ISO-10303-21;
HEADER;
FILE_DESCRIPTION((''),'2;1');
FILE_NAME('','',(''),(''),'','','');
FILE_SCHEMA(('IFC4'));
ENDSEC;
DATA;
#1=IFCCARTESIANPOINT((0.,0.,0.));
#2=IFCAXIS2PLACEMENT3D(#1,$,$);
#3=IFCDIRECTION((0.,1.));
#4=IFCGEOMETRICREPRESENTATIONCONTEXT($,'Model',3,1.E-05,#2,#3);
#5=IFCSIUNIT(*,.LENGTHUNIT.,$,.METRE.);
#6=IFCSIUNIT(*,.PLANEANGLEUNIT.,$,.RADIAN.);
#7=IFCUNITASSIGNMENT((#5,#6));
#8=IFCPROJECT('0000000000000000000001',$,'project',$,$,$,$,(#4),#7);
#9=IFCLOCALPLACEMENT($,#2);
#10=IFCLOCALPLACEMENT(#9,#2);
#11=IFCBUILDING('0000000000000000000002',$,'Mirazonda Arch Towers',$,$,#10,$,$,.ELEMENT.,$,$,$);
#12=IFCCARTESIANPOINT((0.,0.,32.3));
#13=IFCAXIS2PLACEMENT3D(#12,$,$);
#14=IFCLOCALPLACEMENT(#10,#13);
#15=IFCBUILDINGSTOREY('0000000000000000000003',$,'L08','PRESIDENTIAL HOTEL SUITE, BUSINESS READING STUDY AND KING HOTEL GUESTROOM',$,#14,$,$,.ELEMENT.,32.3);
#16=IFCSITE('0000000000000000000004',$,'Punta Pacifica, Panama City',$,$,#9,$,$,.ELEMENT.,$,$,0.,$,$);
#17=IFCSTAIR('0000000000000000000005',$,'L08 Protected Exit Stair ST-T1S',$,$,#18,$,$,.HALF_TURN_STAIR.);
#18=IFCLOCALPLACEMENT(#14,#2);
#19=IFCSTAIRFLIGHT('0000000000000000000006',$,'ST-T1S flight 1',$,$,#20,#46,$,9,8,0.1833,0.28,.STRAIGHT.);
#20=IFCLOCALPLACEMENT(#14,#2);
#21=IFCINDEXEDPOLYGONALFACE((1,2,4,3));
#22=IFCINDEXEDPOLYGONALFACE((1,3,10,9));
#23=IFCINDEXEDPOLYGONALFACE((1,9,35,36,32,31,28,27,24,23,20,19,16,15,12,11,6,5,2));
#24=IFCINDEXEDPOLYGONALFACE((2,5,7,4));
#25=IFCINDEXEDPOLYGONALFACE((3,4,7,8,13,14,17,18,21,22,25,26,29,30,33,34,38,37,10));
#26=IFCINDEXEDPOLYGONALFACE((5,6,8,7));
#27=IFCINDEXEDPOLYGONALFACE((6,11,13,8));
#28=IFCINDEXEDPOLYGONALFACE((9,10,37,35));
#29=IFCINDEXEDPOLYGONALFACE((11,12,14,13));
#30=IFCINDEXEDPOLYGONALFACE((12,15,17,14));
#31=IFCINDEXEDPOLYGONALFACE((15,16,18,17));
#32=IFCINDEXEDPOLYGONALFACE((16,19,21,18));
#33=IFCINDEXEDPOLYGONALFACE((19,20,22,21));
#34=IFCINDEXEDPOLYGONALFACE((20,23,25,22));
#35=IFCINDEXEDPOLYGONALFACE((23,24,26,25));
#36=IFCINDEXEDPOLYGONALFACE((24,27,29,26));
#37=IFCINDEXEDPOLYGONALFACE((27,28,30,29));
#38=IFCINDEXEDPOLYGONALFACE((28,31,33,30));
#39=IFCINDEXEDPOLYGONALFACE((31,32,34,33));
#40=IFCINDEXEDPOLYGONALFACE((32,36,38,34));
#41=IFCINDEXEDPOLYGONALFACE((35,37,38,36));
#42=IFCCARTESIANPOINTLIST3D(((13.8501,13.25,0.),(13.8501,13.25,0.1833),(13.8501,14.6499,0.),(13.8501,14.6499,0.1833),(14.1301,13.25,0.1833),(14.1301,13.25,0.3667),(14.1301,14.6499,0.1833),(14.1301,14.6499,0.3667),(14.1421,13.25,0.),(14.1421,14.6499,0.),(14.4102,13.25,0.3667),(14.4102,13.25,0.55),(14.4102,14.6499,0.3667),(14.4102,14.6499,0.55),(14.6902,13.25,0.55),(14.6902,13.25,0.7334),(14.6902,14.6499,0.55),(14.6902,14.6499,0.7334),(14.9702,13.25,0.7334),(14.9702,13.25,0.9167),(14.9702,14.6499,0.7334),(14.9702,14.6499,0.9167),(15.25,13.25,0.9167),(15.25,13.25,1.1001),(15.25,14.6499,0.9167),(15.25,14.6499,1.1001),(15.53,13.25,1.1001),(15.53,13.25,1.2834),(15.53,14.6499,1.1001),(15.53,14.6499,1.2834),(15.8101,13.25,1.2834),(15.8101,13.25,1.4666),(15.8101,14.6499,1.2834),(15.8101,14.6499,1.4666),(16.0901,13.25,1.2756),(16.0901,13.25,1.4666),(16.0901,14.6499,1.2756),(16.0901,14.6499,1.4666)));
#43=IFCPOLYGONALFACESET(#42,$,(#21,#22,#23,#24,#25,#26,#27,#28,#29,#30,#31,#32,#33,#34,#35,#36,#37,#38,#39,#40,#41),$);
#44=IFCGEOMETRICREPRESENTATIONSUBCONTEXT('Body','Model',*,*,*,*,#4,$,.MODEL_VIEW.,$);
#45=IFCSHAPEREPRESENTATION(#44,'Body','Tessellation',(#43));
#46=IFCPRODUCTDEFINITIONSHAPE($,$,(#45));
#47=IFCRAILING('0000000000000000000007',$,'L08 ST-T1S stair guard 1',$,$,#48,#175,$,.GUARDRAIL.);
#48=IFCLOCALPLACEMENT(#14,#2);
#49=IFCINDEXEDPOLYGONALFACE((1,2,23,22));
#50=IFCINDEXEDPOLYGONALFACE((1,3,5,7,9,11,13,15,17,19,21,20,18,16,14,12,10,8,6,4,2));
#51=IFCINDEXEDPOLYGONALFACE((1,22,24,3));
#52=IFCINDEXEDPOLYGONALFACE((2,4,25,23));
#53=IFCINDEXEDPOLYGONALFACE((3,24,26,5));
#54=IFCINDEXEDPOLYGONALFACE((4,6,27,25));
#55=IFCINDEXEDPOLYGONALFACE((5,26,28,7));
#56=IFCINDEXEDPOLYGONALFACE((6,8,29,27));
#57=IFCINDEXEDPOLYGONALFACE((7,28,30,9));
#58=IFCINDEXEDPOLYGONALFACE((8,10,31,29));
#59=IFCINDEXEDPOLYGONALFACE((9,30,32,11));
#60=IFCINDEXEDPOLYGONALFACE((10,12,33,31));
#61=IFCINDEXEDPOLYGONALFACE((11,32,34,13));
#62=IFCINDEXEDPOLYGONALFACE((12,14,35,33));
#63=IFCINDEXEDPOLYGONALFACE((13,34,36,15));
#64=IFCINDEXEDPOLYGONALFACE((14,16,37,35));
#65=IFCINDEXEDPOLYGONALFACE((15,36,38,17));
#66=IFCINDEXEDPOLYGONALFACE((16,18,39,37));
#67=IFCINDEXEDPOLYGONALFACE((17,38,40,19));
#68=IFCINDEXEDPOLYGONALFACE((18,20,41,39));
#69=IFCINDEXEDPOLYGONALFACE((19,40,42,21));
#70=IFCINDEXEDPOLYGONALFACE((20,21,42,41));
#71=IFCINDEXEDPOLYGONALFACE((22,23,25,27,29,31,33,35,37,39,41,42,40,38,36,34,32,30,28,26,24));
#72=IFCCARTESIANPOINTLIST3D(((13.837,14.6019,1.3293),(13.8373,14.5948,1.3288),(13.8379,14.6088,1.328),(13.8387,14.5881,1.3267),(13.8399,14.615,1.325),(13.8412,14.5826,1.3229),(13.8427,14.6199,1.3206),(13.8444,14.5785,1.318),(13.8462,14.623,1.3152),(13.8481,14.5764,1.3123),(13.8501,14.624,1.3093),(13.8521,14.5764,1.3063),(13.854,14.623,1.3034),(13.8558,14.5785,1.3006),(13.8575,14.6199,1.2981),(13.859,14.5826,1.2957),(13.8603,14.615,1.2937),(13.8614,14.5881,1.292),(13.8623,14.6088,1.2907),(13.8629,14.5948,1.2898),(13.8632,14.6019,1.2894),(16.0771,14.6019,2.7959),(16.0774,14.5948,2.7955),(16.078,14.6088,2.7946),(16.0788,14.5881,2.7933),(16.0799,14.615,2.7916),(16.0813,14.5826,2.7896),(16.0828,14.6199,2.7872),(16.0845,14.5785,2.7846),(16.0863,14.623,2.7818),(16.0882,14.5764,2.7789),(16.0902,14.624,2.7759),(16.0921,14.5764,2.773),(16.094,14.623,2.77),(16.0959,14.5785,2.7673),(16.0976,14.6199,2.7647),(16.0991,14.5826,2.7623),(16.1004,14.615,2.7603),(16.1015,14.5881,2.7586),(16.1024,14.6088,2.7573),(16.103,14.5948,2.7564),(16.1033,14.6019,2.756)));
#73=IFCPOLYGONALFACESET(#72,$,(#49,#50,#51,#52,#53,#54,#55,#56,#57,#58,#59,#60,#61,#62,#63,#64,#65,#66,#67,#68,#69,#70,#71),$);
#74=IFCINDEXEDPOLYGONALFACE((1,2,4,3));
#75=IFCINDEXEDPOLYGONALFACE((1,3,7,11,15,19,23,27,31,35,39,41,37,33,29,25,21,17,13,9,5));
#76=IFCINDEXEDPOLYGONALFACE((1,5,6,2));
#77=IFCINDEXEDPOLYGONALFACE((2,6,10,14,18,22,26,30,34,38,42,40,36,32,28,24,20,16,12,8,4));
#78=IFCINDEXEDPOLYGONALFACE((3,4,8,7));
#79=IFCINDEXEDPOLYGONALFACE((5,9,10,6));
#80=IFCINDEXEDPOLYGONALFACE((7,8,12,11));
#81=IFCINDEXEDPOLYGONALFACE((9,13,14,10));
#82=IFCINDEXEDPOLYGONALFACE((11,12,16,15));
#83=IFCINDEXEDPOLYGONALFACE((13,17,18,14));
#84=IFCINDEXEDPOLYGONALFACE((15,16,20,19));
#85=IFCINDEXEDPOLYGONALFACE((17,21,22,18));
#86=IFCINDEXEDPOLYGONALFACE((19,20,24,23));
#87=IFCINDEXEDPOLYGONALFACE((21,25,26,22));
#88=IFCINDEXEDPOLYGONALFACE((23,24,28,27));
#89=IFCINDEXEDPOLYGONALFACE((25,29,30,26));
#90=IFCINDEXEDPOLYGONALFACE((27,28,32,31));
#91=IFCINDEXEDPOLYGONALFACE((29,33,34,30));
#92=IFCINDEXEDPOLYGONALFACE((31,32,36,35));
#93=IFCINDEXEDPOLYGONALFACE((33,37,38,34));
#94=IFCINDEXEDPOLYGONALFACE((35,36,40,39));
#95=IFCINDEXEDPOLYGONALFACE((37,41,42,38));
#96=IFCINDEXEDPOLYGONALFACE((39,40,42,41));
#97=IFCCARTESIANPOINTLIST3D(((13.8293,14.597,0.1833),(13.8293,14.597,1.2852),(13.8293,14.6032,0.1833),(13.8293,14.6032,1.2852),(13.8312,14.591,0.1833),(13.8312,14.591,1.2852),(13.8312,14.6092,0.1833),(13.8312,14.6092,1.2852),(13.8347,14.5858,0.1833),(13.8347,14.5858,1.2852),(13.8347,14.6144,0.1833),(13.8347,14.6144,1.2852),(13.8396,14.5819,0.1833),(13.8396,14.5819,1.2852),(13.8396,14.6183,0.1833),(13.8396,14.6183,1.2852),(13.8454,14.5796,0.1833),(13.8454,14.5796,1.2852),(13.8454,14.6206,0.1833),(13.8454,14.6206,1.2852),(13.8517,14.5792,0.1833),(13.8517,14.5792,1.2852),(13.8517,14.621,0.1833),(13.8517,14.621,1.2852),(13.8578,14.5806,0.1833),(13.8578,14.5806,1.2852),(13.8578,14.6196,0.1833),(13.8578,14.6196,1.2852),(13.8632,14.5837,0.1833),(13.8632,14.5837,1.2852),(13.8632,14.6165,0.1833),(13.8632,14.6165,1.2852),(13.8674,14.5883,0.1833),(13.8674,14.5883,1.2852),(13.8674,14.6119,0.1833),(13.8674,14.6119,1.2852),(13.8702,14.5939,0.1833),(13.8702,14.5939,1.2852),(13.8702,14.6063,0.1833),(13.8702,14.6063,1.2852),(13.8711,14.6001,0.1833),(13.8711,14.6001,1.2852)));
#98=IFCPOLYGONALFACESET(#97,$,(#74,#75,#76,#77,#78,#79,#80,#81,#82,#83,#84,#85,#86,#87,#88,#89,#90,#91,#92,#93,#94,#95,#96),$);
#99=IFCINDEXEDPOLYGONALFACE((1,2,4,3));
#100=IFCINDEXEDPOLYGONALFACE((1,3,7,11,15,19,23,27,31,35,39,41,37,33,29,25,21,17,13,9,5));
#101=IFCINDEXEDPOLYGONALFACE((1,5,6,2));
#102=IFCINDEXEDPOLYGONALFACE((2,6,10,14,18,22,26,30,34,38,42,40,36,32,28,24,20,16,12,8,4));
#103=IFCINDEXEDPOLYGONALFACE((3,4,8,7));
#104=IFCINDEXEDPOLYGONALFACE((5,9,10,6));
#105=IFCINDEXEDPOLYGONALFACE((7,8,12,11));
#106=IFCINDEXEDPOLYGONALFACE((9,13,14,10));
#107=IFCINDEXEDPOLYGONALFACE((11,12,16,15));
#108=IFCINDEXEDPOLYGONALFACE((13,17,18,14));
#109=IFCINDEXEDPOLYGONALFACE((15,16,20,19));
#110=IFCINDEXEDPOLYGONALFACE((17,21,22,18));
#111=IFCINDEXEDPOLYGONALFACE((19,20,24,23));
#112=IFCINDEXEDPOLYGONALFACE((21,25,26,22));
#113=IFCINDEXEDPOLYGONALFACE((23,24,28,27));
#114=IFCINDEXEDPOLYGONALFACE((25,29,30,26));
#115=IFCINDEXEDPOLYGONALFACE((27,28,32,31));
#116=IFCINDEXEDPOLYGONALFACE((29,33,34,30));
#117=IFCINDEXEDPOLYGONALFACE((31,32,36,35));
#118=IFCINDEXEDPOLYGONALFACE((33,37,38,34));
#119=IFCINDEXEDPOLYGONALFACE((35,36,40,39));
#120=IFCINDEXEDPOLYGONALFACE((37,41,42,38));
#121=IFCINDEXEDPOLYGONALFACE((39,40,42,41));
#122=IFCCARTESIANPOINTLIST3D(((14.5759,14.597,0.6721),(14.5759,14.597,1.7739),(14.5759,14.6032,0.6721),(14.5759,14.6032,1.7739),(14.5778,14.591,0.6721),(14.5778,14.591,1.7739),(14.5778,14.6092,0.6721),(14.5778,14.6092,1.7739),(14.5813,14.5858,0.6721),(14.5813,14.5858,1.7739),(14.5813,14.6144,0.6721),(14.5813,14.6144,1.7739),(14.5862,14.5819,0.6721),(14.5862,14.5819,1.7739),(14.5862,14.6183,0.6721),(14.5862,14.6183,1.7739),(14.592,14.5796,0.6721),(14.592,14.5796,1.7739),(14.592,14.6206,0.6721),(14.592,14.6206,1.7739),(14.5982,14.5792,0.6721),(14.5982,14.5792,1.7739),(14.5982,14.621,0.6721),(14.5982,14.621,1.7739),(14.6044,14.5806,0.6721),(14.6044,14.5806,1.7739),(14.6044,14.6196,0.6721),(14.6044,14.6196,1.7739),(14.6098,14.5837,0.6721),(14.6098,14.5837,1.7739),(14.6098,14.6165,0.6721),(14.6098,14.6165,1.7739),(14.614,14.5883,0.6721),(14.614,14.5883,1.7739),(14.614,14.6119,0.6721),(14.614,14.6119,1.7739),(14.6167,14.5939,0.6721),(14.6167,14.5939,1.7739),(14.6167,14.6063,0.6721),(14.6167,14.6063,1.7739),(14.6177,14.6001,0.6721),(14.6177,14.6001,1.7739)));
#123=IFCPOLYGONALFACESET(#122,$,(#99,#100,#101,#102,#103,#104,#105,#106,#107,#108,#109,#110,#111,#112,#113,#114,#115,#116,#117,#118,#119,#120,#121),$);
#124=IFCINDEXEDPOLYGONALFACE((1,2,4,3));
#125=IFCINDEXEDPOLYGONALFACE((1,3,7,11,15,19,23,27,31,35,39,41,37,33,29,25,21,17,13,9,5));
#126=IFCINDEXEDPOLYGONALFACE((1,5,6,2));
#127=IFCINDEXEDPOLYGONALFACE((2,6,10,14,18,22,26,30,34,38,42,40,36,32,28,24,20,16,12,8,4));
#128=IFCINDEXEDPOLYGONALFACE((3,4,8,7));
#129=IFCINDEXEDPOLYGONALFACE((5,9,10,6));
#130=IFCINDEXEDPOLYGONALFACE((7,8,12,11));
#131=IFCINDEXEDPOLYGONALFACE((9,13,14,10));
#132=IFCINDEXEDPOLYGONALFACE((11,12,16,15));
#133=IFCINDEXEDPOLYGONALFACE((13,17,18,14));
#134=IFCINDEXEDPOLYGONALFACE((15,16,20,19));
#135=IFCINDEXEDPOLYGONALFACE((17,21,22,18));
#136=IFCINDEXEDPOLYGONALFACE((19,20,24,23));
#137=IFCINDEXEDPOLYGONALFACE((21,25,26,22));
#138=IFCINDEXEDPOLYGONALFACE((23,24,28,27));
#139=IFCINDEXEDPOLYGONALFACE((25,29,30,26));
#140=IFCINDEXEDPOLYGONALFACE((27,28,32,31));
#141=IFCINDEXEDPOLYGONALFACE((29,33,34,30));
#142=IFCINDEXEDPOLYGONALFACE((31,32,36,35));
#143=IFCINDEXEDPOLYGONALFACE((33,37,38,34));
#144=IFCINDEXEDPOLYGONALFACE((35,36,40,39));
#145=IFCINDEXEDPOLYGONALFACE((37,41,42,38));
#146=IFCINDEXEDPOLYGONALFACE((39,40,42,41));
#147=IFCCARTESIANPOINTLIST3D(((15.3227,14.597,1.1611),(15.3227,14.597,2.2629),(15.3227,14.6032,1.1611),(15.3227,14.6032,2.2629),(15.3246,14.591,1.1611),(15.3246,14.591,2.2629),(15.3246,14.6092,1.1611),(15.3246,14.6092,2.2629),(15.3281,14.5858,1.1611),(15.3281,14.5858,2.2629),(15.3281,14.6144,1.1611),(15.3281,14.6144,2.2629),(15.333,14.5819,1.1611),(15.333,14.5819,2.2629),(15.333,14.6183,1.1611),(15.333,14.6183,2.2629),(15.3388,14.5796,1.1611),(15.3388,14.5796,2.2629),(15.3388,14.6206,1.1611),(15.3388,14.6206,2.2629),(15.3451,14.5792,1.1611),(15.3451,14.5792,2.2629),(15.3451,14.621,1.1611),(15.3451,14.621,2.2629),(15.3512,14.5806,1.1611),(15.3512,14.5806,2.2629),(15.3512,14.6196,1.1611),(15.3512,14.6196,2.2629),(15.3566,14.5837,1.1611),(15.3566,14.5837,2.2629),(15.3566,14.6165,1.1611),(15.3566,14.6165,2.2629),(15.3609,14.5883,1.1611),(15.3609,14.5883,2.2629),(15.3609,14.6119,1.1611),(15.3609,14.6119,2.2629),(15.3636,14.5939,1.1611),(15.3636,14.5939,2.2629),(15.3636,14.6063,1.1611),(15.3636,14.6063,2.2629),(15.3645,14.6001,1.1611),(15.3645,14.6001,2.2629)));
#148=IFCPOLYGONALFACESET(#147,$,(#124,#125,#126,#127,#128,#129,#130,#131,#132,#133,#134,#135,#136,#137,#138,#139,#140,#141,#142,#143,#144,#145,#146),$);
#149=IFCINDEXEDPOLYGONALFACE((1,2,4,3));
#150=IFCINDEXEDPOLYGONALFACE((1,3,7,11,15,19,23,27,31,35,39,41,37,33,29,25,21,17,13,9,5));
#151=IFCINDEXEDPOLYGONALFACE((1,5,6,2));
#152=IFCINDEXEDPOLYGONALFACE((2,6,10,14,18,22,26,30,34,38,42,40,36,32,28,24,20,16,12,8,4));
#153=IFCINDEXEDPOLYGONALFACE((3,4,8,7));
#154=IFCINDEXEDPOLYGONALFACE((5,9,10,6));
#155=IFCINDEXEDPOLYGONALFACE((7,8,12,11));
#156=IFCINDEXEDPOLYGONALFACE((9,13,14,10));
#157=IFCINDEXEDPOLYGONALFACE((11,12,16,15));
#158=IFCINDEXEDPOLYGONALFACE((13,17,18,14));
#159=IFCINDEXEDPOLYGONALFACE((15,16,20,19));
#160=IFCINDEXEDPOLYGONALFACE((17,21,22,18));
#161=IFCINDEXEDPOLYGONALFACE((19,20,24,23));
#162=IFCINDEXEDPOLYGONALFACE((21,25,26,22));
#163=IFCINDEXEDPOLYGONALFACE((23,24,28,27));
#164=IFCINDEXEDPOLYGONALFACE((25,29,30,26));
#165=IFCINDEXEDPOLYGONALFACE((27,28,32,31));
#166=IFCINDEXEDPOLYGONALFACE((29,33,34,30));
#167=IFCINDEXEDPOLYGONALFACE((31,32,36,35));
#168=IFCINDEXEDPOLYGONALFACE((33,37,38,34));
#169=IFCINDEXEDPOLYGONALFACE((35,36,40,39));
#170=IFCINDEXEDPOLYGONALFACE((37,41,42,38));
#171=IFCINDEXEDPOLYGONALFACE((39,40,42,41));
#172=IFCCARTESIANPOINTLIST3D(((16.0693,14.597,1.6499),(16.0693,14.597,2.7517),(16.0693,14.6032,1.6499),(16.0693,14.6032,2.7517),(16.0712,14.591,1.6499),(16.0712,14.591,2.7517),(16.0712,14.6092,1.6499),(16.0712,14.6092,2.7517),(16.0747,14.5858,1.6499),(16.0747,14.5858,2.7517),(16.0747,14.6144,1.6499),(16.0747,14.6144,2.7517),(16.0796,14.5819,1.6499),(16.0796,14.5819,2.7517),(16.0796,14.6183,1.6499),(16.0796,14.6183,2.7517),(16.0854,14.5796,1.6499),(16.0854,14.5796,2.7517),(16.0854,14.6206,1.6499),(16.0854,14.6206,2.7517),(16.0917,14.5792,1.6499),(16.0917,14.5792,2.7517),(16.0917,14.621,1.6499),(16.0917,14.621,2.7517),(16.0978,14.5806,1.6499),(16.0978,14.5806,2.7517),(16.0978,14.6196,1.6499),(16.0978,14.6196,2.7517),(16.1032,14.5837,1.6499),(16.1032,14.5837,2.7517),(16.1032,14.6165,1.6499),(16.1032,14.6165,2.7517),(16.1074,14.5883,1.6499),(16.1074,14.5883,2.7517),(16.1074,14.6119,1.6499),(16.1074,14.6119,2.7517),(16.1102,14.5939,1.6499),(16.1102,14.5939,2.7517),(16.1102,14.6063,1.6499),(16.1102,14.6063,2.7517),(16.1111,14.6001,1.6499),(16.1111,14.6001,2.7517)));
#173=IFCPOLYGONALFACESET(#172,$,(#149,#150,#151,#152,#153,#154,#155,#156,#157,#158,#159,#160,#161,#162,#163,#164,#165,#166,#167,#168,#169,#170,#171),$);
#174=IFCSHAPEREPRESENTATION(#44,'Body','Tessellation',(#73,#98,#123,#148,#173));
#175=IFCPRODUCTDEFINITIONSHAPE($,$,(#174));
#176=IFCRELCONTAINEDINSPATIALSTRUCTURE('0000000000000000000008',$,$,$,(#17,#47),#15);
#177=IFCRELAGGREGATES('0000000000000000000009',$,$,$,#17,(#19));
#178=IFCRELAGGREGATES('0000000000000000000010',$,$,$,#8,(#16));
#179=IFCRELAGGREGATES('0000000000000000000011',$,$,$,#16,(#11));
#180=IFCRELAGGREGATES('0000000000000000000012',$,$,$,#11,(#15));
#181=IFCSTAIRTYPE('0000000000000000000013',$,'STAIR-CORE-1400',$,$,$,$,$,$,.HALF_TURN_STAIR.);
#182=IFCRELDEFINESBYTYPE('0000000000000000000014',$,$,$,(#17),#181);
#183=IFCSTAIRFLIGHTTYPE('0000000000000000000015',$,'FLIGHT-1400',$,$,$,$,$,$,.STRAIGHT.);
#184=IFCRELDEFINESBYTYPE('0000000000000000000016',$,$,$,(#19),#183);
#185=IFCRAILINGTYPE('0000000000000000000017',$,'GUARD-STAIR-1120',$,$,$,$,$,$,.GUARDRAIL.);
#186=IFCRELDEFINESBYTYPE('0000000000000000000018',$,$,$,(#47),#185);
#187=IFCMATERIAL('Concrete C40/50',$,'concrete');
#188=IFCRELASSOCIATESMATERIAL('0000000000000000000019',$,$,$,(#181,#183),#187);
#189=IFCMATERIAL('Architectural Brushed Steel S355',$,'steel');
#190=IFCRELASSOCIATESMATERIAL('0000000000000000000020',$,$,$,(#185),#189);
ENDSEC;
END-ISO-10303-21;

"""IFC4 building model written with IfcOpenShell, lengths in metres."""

from ifc_helpers import new_model, si_unit, direction, frame, origin, origin_2d, place, context, subcontext, project, spatial, polyline, circle, outline, extrude, material, type_object, element, aggregate, save


model = new_model("IFC4")

# Units and contexts
model_context = context("Model", 3, precision=1e-05, world=origin(), true_north=direction((0.0, 1.0)))
body_context = subcontext(model_context, "Body", "Model", "MODEL_VIEW")
ifc_project = project(units=[si_unit("LENGTHUNIT", "METRE"), si_unit("PLANEANGLEUNIT", "RADIAN")], contexts=[model_context])

# Site, building, storey
site_placement = place(None, origin())
site = spatial("IfcSite", under=ifc_project, at=site_placement, Name="Punta Pacifica, Panama City", CompositionType="ELEMENT", RefElevation=0.0)
building_placement = place(site_placement, origin())
building = spatial("IfcBuilding", under=site, at=building_placement, Name="Mirazonda Arch Towers", CompositionType="ELEMENT")
storey_placement = place(building_placement, frame((0.0, 0.0, 32.3)))
storey = spatial("IfcBuildingStorey", under=building, at=storey_placement, Name="L08", Description="PRESIDENTIAL HOTEL SUITE, BUSINESS READING STUDY AND KING HOTEL GUESTROOM", CompositionType="ELEMENT", Elevation=32.3)

# Stair
ifc_material_1 = material(Name="Concrete C40/50", Category="concrete")
stair_type = type_object("IfcStairType", Name="STAIR-CORE-1400", PredefinedType="HALF_TURN_STAIR", material=ifc_material_1)
stair_1_placement = place(storey_placement, origin())
stair_1 = element("IfcStair", 1, at=stair_1_placement, inside=storey, type_object=stair_type, Name="L08 Protected Exit Stair ST-T1S", PredefinedType="HALF_TURN_STAIR")

# Shared definitions
ifc_material_2 = material(Name="Architectural Brushed Steel S355", Category="steel")

# Stair flight
stair_flight_type = type_object("IfcStairFlightType", Name="FLIGHT-1400", PredefinedType="STRAIGHT", material=ifc_material_1)
stair_flight_placement = place(storey_placement, frame((13.8501, 13.95, 0.0), z_axis=(0.0, 0.0, 1.0), x_axis=(1.0, 0.0, 0.0)))
stair_flight = element("IfcStairFlight", 2, at=stair_flight_placement, type_object=stair_flight_type, Name="ST-T1S flight 1", NumberOfRisers=9, NumberOfTreads=8, PredefinedType="STRAIGHT", RiserHeight=0.1833, TreadLength=0.28, context=body_context, shape_type="SweptSolid", body=[
    extrude(outline(polyline([(0.0, 0.0), (0.0, 0.1833), (0.28, 0.1833), (0.28, 0.3667), (0.5601, 0.3667), (0.5601, 0.55), (0.8401, 0.55), (0.8401, 0.7334), (1.1201, 0.7334), (1.1201, 0.9167), (1.3999, 0.9167), (1.3999, 1.1001), (1.6799, 1.1001), (1.6799, 1.2834), (1.96, 1.2834), (1.96, 1.4666), (2.24, 1.4666), (2.24, 1.6499), (2.24, 1.2756), (0.292, 0.0), (0.0, 0.0)])), frame((0.0, 0.7, 0.0), z_axis=(0.0, -1.0, 0.0), x_axis=(1.0, 0.0, 0.0)), (0.0, 0.0, 1.0), 1.3999),
])
aggregate(stair_1, [stair_flight])

# Railing
railing_type_1 = type_object("IfcRailingType", Name="GUARD-STAIR-1120", PredefinedType="GUARDRAIL", material=ifc_material_2)
railing_1_placement = place(storey_placement, frame((13.8501, 14.6001, 0.1833)))
element("IfcRailing", 3, at=railing_1_placement, inside=storey, type_object=railing_type_1, Name="L08 ST-T1S stair guard 1", PredefinedType="GUARDRAIL", context=body_context, shape_type="SweptSolid", body=[
    extrude(circle(Radius=0.0239, at=origin_2d()), frame((0.0, 0.0, 1.126), z_axis=(0.836637, 0.0, 0.547758), x_axis=(0.0, 1.0, 0.0)), (0.0, 0.0, 1.0), 2.6775),
    extrude(circle(Radius=0.021, at=origin_2d()), origin(), (0.0, 0.0, 1.0), 1.1018),
    extrude(circle(Radius=0.021, at=origin_2d()), frame((0.7466, 0.0, 0.4888)), (0.0, 0.0, 1.0), 1.1018),
    extrude(circle(Radius=0.021, at=origin_2d()), frame((1.4934, 0.0, 0.9778)), (0.0, 0.0, 1.0), 1.1018),
    extrude(circle(Radius=0.021, at=origin_2d()), frame((2.24, 0.0, 1.4666)), (0.0, 0.0, 1.0), 1.1018),
])

save(model, "model.ifc")
